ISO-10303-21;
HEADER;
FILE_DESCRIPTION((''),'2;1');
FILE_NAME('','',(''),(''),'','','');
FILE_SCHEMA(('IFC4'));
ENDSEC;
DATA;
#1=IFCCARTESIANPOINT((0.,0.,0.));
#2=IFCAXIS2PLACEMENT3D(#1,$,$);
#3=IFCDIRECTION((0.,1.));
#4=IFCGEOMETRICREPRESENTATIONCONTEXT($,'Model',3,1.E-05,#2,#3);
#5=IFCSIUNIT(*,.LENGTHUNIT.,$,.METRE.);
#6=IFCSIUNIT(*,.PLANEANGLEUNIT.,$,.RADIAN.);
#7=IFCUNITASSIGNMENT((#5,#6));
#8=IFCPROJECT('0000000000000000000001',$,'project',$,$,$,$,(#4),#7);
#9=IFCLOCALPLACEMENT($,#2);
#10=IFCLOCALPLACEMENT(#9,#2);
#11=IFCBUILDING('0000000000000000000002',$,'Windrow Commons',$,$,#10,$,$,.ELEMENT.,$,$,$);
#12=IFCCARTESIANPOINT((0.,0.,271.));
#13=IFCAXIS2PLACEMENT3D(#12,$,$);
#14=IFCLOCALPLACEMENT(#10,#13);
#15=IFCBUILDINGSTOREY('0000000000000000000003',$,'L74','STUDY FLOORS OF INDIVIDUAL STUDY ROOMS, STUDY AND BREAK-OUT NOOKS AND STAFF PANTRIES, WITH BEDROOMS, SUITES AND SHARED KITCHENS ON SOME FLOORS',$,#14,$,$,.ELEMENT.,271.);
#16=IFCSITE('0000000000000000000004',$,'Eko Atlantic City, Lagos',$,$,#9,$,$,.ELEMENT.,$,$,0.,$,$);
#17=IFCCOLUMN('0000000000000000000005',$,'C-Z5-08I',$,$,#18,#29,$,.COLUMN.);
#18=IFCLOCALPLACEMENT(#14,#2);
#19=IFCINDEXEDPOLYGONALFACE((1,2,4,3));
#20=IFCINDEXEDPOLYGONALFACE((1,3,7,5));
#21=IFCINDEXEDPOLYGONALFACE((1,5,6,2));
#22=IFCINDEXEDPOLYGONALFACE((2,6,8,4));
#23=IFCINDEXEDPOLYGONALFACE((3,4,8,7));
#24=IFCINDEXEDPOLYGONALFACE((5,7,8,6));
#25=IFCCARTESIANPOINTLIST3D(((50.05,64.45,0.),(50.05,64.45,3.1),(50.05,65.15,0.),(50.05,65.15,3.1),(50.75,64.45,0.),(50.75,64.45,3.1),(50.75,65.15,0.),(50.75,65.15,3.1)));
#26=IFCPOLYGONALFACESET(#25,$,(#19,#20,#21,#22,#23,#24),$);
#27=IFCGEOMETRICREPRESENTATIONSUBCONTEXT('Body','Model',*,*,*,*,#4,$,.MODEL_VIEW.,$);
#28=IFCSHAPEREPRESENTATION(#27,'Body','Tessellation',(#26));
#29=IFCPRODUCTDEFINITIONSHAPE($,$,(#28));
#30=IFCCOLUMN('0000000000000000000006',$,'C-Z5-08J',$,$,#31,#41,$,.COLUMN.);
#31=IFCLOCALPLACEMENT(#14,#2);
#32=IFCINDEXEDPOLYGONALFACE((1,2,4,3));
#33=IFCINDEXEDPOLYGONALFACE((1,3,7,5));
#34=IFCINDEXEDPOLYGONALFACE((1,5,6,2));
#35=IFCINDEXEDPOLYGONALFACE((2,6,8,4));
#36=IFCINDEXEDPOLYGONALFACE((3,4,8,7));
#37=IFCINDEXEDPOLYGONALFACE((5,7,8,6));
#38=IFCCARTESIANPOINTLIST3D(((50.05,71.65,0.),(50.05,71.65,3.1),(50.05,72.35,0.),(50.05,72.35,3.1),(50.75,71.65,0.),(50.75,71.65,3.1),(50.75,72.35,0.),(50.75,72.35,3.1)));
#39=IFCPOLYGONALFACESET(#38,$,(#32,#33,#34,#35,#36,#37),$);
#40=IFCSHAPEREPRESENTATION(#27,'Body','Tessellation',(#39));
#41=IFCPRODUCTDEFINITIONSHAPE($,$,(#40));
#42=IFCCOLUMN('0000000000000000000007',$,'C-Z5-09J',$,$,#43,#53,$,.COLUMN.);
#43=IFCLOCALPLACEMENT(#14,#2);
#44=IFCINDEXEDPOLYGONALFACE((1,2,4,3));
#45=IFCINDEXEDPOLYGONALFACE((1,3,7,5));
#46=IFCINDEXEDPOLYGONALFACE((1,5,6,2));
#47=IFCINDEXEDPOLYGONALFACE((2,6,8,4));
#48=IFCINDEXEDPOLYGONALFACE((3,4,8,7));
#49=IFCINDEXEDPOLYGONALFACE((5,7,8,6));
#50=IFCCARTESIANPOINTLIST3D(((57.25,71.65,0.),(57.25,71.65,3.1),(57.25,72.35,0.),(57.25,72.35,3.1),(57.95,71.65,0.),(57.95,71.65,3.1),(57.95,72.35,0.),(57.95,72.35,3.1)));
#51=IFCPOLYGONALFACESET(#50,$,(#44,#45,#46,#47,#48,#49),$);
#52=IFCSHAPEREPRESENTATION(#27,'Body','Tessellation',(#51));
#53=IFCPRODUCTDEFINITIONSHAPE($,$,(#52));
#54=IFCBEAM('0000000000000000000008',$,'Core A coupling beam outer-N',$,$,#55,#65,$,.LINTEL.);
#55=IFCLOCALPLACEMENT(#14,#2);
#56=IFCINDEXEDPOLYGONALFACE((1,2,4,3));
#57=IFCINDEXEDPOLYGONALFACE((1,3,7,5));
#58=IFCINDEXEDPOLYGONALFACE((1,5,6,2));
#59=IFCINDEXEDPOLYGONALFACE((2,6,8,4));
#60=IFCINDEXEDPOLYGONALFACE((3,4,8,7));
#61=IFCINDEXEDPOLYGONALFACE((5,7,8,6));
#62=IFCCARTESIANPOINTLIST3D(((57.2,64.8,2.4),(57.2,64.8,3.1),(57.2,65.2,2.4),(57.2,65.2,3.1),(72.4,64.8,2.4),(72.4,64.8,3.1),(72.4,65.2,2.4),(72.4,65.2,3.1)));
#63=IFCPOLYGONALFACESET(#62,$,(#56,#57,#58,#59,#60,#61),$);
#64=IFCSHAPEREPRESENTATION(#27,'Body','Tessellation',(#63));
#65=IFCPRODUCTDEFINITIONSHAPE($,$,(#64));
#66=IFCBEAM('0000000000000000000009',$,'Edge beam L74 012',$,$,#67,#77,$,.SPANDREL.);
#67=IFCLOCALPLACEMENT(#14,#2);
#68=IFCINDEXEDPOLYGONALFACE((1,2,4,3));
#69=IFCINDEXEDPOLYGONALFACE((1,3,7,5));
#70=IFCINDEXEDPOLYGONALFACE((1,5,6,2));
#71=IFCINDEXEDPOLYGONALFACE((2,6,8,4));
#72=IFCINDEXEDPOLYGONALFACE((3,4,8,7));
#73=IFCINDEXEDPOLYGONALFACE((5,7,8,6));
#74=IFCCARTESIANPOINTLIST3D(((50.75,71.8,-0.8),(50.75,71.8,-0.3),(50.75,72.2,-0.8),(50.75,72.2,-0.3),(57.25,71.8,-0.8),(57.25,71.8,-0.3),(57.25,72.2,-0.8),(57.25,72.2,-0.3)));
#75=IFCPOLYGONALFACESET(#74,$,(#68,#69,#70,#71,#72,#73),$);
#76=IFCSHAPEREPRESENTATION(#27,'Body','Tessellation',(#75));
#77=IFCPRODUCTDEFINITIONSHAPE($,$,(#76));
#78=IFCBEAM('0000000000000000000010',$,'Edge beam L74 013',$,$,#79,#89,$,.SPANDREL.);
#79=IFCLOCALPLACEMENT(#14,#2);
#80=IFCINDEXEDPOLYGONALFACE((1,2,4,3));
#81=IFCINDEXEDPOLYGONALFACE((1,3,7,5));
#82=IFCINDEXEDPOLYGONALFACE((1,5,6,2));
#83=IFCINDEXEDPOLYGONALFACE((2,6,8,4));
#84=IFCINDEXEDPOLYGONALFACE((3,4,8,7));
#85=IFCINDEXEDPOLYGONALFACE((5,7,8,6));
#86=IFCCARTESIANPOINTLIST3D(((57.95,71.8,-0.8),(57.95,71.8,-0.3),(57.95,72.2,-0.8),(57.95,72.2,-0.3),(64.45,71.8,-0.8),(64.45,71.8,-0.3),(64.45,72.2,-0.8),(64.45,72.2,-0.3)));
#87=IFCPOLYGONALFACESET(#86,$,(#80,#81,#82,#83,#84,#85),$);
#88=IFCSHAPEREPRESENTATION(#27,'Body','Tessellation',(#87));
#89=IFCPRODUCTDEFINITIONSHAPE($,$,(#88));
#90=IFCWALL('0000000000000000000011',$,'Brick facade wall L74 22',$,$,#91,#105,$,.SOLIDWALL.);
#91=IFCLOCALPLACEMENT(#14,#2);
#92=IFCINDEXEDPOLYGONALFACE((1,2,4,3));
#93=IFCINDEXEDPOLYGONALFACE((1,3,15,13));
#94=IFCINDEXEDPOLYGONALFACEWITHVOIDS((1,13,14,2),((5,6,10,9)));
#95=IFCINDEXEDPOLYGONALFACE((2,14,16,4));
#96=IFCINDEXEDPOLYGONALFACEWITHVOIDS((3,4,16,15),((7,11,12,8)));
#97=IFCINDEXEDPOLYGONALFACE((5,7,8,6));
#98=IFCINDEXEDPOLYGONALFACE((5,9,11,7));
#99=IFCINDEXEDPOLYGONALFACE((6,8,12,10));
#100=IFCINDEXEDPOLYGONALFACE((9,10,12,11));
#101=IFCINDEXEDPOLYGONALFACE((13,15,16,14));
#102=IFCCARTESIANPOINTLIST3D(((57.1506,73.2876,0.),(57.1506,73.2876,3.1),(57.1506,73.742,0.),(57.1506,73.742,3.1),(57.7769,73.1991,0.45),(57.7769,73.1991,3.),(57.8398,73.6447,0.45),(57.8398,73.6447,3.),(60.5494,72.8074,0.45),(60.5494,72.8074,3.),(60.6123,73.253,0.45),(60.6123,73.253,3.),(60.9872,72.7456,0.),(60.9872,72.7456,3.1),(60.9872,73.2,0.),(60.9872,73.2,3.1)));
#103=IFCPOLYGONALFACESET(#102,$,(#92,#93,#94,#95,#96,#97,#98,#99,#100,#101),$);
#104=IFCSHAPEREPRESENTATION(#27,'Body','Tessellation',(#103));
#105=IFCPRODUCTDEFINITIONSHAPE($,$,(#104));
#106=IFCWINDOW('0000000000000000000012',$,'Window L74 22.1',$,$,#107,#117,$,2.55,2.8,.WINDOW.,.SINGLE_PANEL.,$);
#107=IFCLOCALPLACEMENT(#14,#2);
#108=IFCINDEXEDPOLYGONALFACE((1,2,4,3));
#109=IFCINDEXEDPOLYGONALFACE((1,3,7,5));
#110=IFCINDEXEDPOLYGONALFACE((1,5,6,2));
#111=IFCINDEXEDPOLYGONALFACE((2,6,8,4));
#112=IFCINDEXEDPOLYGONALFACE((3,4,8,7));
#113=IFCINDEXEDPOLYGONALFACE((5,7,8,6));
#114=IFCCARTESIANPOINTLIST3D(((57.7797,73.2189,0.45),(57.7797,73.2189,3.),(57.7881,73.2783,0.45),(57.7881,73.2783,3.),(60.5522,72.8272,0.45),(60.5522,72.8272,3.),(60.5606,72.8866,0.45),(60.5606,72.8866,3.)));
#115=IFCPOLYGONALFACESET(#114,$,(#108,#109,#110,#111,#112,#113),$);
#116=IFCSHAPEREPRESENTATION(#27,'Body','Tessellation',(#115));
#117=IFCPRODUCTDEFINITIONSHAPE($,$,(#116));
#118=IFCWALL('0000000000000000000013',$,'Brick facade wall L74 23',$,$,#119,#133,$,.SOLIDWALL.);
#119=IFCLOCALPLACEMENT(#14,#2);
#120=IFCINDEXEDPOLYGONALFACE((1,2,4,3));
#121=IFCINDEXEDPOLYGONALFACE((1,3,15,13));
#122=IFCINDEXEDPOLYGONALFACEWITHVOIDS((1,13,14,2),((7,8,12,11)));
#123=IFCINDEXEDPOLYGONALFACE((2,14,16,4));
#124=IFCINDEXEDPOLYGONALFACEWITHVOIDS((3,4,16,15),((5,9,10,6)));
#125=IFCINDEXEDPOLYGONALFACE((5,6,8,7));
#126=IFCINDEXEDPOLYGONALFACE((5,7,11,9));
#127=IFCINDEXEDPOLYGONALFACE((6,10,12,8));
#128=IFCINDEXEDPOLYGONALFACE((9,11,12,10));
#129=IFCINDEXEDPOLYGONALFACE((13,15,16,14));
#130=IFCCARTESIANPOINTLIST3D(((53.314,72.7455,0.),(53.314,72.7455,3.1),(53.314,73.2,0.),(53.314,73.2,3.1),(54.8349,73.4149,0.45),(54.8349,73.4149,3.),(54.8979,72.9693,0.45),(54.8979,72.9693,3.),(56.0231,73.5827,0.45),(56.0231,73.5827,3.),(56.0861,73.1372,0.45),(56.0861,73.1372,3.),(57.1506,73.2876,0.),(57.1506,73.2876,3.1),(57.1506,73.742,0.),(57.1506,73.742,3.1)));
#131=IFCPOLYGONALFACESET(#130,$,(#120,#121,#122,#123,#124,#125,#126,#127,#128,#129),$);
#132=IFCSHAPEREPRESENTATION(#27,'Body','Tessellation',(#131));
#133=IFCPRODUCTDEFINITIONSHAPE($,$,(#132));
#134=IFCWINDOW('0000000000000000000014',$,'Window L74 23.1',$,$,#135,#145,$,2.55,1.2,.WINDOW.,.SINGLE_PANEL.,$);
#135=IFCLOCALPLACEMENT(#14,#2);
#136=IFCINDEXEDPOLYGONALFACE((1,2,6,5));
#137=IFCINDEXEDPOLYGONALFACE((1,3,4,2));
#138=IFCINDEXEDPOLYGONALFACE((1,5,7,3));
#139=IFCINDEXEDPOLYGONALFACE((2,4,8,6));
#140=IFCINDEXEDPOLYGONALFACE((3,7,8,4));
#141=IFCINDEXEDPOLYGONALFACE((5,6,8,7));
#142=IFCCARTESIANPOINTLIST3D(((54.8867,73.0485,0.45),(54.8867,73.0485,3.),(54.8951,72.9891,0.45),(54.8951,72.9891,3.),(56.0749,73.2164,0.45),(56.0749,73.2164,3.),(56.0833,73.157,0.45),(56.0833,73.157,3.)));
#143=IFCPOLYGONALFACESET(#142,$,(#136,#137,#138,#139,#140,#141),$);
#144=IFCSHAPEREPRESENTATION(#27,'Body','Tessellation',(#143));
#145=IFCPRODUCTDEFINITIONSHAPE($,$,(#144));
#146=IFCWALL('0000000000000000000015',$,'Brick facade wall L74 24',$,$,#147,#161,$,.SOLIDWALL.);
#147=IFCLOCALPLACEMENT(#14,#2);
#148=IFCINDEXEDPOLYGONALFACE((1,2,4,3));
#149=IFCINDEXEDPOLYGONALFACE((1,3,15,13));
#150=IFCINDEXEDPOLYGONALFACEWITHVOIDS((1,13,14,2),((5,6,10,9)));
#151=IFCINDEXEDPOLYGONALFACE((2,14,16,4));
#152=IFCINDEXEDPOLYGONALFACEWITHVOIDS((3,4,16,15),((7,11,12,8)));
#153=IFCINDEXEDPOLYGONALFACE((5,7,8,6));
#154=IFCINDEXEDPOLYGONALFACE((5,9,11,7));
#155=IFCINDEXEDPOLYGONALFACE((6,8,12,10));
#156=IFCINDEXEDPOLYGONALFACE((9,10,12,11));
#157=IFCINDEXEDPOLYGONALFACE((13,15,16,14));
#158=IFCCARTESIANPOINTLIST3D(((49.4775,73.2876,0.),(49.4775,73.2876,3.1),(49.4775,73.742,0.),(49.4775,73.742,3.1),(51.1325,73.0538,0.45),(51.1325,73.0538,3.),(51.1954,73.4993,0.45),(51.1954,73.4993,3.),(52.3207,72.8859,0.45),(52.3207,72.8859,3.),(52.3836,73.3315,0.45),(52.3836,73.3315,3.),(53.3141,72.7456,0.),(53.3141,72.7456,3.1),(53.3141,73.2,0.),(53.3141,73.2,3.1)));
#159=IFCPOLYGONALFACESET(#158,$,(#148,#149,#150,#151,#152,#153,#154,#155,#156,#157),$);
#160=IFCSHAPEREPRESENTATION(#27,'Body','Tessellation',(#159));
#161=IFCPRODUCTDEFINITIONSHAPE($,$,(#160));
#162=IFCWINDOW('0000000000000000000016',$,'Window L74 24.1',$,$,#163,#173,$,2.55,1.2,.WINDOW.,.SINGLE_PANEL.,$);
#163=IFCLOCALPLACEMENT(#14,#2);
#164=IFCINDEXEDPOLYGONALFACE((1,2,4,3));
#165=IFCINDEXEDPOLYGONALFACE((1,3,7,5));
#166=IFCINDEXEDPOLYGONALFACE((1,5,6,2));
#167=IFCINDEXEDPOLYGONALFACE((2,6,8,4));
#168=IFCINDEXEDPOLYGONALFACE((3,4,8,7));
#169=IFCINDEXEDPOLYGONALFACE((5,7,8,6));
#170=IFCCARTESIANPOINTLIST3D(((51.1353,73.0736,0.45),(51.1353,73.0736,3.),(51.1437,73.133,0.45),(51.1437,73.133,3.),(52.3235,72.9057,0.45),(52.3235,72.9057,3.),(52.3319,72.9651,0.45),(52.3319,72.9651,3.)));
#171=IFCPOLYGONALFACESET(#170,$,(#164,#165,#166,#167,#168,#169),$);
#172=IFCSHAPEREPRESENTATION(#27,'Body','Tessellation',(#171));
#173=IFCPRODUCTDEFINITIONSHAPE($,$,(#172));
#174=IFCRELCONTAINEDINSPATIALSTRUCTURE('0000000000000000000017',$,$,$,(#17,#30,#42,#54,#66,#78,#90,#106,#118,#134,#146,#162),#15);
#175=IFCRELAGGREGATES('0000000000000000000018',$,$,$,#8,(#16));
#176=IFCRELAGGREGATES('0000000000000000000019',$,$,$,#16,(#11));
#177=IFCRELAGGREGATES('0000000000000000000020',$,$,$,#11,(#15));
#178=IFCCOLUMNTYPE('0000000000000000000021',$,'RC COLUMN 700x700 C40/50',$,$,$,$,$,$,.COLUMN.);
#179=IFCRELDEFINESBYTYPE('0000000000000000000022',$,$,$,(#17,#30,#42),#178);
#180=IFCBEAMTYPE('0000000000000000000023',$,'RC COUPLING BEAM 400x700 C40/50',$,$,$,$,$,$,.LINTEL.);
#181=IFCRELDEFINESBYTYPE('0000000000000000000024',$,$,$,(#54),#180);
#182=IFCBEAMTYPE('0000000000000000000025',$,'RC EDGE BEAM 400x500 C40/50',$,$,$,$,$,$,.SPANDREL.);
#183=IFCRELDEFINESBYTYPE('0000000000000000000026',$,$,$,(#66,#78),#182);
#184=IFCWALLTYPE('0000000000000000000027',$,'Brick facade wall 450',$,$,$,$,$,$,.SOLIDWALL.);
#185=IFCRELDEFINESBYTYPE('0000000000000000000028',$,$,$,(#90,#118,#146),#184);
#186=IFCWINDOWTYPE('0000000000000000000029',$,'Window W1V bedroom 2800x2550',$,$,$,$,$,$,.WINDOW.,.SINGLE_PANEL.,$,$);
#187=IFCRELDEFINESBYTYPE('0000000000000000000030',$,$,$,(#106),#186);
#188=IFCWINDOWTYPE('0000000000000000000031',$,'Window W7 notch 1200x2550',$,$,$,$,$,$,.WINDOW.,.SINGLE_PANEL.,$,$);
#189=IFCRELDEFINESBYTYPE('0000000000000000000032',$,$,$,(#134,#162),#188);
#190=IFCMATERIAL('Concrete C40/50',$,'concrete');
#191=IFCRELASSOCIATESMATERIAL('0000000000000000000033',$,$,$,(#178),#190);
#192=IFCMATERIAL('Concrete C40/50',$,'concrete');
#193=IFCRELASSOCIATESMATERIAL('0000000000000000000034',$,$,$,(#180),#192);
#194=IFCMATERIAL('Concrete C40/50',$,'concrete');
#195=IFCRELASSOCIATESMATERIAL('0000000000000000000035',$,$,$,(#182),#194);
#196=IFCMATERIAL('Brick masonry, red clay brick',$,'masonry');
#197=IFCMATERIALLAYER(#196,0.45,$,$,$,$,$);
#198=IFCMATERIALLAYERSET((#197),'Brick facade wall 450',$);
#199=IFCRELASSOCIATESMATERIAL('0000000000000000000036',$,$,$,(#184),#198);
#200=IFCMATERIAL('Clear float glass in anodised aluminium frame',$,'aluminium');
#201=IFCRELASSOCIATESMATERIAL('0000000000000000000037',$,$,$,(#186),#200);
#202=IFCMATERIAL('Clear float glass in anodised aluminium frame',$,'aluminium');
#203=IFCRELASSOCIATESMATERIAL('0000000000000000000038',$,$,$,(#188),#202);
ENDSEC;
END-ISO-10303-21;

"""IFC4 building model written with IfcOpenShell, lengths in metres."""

from ifc_helpers import new_model, si_unit, direction, frame, frame_2d, origin, origin_2d, place, context, subcontext, project, spatial, polyline, rectangle, outline, extrude, material, layer, layer_set, material_profile, profile_set, type_object, element, fill, save


model = new_model("IFC4")

# Units and contexts
model_context = context("Model", 3, precision=1e-05, world=origin(), true_north=direction((0.0, 1.0)))
body_context = subcontext(model_context, "Body", "Model", "MODEL_VIEW")
ifc_project = project(units=[si_unit("LENGTHUNIT", "METRE"), si_unit("PLANEANGLEUNIT", "RADIAN")], contexts=[model_context])

# Site, building, storey
site_placement = place(None, origin())
site = spatial("IfcSite", under=ifc_project, at=site_placement, Name="Eko Atlantic City, Lagos", CompositionType="ELEMENT", RefElevation=0.0)
building_placement = place(site_placement, origin())
building = spatial("IfcBuilding", under=site, at=building_placement, Name="Windrow Commons", CompositionType="ELEMENT")
storey_placement = place(building_placement, frame((0.0, 0.0, 271.0)))
storey = spatial("IfcBuildingStorey", under=building, at=storey_placement, Name="L74", Description="STUDY FLOORS OF INDIVIDUAL STUDY ROOMS, STUDY AND BREAK-OUT NOOKS AND STAFF PANTRIES, WITH BEDROOMS, SUITES AND SHARED KITCHENS ON SOME FLOORS", CompositionType="ELEMENT", Elevation=271.0)

# Columns
ifc_material_1 = material(Name="Concrete C40/50", Category="concrete")
ifc_material_profile_1 = material_profile(ifc_material_1, rectangle(XDim=0.7, YDim=0.7, at=origin_2d()))
ifc_profile_set_1 = profile_set([ifc_material_profile_1], Name="Concrete C40/50")
column_type = type_object("IfcColumnType", Name="RC COLUMN 700x700 C40/50", PredefinedType="COLUMN", material=ifc_profile_set_1)
for number, where, z_axis, x_axis, name in (
    (1, (50.4, 64.8, 0.0), (0.0, 0.0, 1.0), (1.0, 0.0, 0.0), "C-Z5-08I"),
    (2, (50.4, 72.0, 0.0), (0.0, 0.0, 1.0), (1.0, 0.0, 0.0), "C-Z5-08J"),
    (3, (57.6, 72.0, 0.0), (0.0, 0.0, 1.0), (1.0, 0.0, 0.0), "C-Z5-09J"),
):
    element("IfcColumn", number, at=place(storey_placement, frame(where, z_axis=z_axis, x_axis=x_axis)), inside=storey, type_object=column_type, Name=name, PredefinedType="COLUMN", context=body_context, shape_type="SweptSolid", body=[
        extrude(rectangle(XDim=0.7, YDim=0.7, at=origin_2d()), origin(), (0.0, 0.0, 1.0), 3.1),
    ])

# Beams
ifc_material_2 = material(Name="Concrete C40/50", Category="concrete")
ifc_material_profile_2 = material_profile(ifc_material_2, rectangle(XDim=0.4, YDim=0.7, at=origin_2d()))
ifc_profile_set_2 = profile_set([ifc_material_profile_2], Name="Concrete C40/50")
beam_type_1 = type_object("IfcBeamType", Name="RC COUPLING BEAM 400x700 C40/50", PredefinedType="LINTEL", material=ifc_profile_set_2)
beam_placement = place(storey_placement, frame((57.2, 65.0, 2.75), z_axis=(1.0, 0.0, 0.0), x_axis=(0.0, 1.0, 0.0)))
element("IfcBeam", 4, at=beam_placement, inside=storey, type_object=beam_type_1, Name="Core A coupling beam outer-N", PredefinedType="LINTEL", context=body_context, shape_type="SweptSolid", body=[
    extrude(rectangle(XDim=0.4, YDim=0.7, at=origin_2d()), origin(), (0.0, 0.0, 1.0), 15.2),
])
ifc_material_3 = material(Name="Concrete C40/50", Category="concrete")
ifc_material_profile_3 = material_profile(ifc_material_3, rectangle(XDim=0.4, YDim=0.5, at=origin_2d()))
ifc_profile_set_3 = profile_set([ifc_material_profile_3], Name="Concrete C40/50")
beam_type_2 = type_object("IfcBeamType", Name="RC EDGE BEAM 400x500 C40/50", PredefinedType="SPANDREL", material=ifc_profile_set_3)
for number, where, z_axis, x_axis, name in (
    (5, (50.75, 72.0, -0.55), (1.0, 0.0, 0.0), (0.0, 1.0, 0.0), "Edge beam L74 012"),
    (6, (57.95, 72.0, -0.55), (1.0, 0.0, 0.0), (0.0, 1.0, 0.0), "Edge beam L74 013"),
):
    element("IfcBeam", number, at=place(storey_placement, frame(where, z_axis=z_axis, x_axis=x_axis)), inside=storey, type_object=beam_type_2, Name=name, PredefinedType="SPANDREL", context=body_context, shape_type="SweptSolid", body=[
        extrude(rectangle(XDim=0.4, YDim=0.5, at=origin_2d()), origin(), (0.0, 0.0, 1.0), 6.5),
    ])

# Walls, openings, windows
ifc_material_4 = material(Name="Brick masonry, red clay brick", Category="masonry")
ifc_layer_1 = layer(ifc_material_4, 0.45)
ifc_layer_set_1 = layer_set([ifc_layer_1], Name="Brick facade wall 450")
wall_type_1 = type_object("IfcWallType", Name="Brick facade wall 450", PredefinedType="SOLIDWALL", material=ifc_layer_set_1)
wall_1_placement = place(storey_placement, frame((60.9872, 72.9728, 0.0), z_axis=(0.0, 0.0, 1.0), x_axis=(-0.990168, 0.139882, 0.0)))
wall_1 = element("IfcWall", 7, at=wall_1_placement, inside=storey, type_object=wall_type_1, Name="Brick facade wall L74 22", PredefinedType="SOLIDWALL", context=body_context, shape_type="SweptSolid", body=[
    extrude(outline(polyline([(0.0318, -0.225), (3.9065, -0.225), (3.8429, 0.225), (-0.0318, 0.225), (0.0318, -0.225)])), origin(), (0.0, 0.0, 1.0), 3.1),
])
opening_1_placement = place(wall_1_placement, frame((0.4104, 0.0, 0.45)))
opening_1 = element("IfcOpeningElement", 8, at=opening_1_placement, cuts=wall_1, PredefinedType="OPENING", context=body_context, shape_type="SweptSolid", body=[
    extrude(rectangle(XDim=2.8, YDim=2.55, at=frame_2d((1.4, 1.275))), frame((0.0, 0.235, 0.0), z_axis=(0.0, -1.0, 0.0), x_axis=(1.0, 0.0, 0.0)), (0.0, 0.0, 1.0), 0.47),
])
ifc_material_5 = material(Name="Clear float glass in anodised aluminium frame", Category="aluminium")
window_type_1 = type_object("IfcWindowType", Name="Window W1V bedroom 2800x2550", PartitioningType="SINGLE_PANEL", PredefinedType="WINDOW", material=ifc_material_5)
window_1_placement = place(opening_1_placement, origin())
window_1 = element("IfcWindow", 9, at=window_1_placement, inside=storey, type_object=window_type_1, Name="Window L74 22.1", OverallHeight=2.55, OverallWidth=2.8, PartitioningType="SINGLE_PANEL", PredefinedType="WINDOW", context=body_context, shape_type="SweptSolid", body=[
    extrude(rectangle(XDim=2.8, YDim=2.55, at=frame_2d((1.4, 1.275))), frame((0.0, 0.205, 0.0), z_axis=(0.0, -1.0, 0.0), x_axis=(1.0, 0.0, 0.0)), (0.0, 0.0, 1.0), 0.06),
])
fill(opening_1, window_1)
wall_2_placement = place(storey_placement, frame((57.1506, 73.5148, 0.0), z_axis=(0.0, 0.0, 1.0), x_axis=(-0.990168, -0.139886, 0.0)))
wall_2 = element("IfcWall", 10, at=wall_2_placement, inside=storey, type_object=wall_type_1, Name="Brick facade wall L74 23", PredefinedType="SOLIDWALL", context=body_context, shape_type="SweptSolid", body=[
    extrude(outline(polyline([(-0.0318, -0.225), (3.8429, -0.225), (3.9065, 0.225), (0.0318, 0.225), (-0.0318, -0.225)])), origin(), (0.0, 0.0, 1.0), 3.1),
])
opening_2_placement = place(wall_2_placement, frame((1.1069, 0.0, 0.45)))
opening_2 = element("IfcOpeningElement", 11, at=opening_2_placement, cuts=wall_2, PredefinedType="OPENING", context=body_context, shape_type="SweptSolid", body=[
    extrude(rectangle(XDim=1.2, YDim=2.55, at=frame_2d((0.6, 1.275))), frame((0.0, 0.235, 0.0), z_axis=(0.0, -1.0, 0.0), x_axis=(1.0, 0.0, 0.0)), (0.0, 0.0, 1.0), 0.47),
])
ifc_material_6 = material(Name="Clear float glass in anodised aluminium frame", Category="aluminium")
window_type_2 = type_object("IfcWindowType", Name="Window W7 notch 1200x2550", PartitioningType="SINGLE_PANEL", PredefinedType="WINDOW", material=ifc_material_6)
window_2_placement = place(opening_2_placement, origin())
window_2 = element("IfcWindow", 12, at=window_2_placement, inside=storey, type_object=window_type_2, Name="Window L74 23.1", OverallHeight=2.55, OverallWidth=1.2, PartitioningType="SINGLE_PANEL", PredefinedType="WINDOW", context=body_context, shape_type="SweptSolid", body=[
    extrude(rectangle(XDim=1.2, YDim=2.55, at=frame_2d((0.6, 1.275))), frame((0.0, 0.205, 0.0), z_axis=(0.0, -1.0, 0.0), x_axis=(1.0, 0.0, 0.0)), (0.0, 0.0, 1.0), 0.06),
])
fill(opening_2, window_2)
wall_3_placement = place(storey_placement, frame((53.3141, 72.9728, 0.0), z_axis=(0.0, 0.0, 1.0), x_axis=(-0.990168, 0.139882, 0.0)))
wall_3 = element("IfcWall", 13, at=wall_3_placement, inside=storey, type_object=wall_type_1, Name="Brick facade wall L74 24", PredefinedType="SOLIDWALL", context=body_context, shape_type="SweptSolid", body=[
    extrude(outline(polyline([(0.0318, -0.225), (3.9065, -0.225), (3.8429, 0.225), (-0.0318, 0.225), (0.0318, -0.225)])), origin(), (0.0, 0.0, 1.0), 3.1),
])
opening_3_placement = place(wall_3_placement, frame((0.9715, 0.0, 0.45)))
opening_3 = element("IfcOpeningElement", 14, at=opening_3_placement, cuts=wall_3, PredefinedType="OPENING", context=body_context, shape_type="SweptSolid", body=[
    extrude(rectangle(XDim=1.2, YDim=2.55, at=frame_2d((0.6, 1.275))), frame((0.0, 0.235, 0.0), z_axis=(0.0, -1.0, 0.0), x_axis=(1.0, 0.0, 0.0)), (0.0, 0.0, 1.0), 0.47),
])
window_3_placement = place(opening_3_placement, origin())
window_3 = element("IfcWindow", 15, at=window_3_placement, inside=storey, type_object=window_type_2, Name="Window L74 24.1", OverallHeight=2.55, OverallWidth=1.2, PartitioningType="SINGLE_PANEL", PredefinedType="WINDOW", context=body_context, shape_type="SweptSolid", body=[
    extrude(rectangle(XDim=1.2, YDim=2.55, at=frame_2d((0.6, 1.275))), frame((0.0, 0.205, 0.0), z_axis=(0.0, -1.0, 0.0), x_axis=(1.0, 0.0, 0.0)), (0.0, 0.0, 1.0), 0.06),
])
fill(opening_3, window_3)

save(model, "model.ifc")
